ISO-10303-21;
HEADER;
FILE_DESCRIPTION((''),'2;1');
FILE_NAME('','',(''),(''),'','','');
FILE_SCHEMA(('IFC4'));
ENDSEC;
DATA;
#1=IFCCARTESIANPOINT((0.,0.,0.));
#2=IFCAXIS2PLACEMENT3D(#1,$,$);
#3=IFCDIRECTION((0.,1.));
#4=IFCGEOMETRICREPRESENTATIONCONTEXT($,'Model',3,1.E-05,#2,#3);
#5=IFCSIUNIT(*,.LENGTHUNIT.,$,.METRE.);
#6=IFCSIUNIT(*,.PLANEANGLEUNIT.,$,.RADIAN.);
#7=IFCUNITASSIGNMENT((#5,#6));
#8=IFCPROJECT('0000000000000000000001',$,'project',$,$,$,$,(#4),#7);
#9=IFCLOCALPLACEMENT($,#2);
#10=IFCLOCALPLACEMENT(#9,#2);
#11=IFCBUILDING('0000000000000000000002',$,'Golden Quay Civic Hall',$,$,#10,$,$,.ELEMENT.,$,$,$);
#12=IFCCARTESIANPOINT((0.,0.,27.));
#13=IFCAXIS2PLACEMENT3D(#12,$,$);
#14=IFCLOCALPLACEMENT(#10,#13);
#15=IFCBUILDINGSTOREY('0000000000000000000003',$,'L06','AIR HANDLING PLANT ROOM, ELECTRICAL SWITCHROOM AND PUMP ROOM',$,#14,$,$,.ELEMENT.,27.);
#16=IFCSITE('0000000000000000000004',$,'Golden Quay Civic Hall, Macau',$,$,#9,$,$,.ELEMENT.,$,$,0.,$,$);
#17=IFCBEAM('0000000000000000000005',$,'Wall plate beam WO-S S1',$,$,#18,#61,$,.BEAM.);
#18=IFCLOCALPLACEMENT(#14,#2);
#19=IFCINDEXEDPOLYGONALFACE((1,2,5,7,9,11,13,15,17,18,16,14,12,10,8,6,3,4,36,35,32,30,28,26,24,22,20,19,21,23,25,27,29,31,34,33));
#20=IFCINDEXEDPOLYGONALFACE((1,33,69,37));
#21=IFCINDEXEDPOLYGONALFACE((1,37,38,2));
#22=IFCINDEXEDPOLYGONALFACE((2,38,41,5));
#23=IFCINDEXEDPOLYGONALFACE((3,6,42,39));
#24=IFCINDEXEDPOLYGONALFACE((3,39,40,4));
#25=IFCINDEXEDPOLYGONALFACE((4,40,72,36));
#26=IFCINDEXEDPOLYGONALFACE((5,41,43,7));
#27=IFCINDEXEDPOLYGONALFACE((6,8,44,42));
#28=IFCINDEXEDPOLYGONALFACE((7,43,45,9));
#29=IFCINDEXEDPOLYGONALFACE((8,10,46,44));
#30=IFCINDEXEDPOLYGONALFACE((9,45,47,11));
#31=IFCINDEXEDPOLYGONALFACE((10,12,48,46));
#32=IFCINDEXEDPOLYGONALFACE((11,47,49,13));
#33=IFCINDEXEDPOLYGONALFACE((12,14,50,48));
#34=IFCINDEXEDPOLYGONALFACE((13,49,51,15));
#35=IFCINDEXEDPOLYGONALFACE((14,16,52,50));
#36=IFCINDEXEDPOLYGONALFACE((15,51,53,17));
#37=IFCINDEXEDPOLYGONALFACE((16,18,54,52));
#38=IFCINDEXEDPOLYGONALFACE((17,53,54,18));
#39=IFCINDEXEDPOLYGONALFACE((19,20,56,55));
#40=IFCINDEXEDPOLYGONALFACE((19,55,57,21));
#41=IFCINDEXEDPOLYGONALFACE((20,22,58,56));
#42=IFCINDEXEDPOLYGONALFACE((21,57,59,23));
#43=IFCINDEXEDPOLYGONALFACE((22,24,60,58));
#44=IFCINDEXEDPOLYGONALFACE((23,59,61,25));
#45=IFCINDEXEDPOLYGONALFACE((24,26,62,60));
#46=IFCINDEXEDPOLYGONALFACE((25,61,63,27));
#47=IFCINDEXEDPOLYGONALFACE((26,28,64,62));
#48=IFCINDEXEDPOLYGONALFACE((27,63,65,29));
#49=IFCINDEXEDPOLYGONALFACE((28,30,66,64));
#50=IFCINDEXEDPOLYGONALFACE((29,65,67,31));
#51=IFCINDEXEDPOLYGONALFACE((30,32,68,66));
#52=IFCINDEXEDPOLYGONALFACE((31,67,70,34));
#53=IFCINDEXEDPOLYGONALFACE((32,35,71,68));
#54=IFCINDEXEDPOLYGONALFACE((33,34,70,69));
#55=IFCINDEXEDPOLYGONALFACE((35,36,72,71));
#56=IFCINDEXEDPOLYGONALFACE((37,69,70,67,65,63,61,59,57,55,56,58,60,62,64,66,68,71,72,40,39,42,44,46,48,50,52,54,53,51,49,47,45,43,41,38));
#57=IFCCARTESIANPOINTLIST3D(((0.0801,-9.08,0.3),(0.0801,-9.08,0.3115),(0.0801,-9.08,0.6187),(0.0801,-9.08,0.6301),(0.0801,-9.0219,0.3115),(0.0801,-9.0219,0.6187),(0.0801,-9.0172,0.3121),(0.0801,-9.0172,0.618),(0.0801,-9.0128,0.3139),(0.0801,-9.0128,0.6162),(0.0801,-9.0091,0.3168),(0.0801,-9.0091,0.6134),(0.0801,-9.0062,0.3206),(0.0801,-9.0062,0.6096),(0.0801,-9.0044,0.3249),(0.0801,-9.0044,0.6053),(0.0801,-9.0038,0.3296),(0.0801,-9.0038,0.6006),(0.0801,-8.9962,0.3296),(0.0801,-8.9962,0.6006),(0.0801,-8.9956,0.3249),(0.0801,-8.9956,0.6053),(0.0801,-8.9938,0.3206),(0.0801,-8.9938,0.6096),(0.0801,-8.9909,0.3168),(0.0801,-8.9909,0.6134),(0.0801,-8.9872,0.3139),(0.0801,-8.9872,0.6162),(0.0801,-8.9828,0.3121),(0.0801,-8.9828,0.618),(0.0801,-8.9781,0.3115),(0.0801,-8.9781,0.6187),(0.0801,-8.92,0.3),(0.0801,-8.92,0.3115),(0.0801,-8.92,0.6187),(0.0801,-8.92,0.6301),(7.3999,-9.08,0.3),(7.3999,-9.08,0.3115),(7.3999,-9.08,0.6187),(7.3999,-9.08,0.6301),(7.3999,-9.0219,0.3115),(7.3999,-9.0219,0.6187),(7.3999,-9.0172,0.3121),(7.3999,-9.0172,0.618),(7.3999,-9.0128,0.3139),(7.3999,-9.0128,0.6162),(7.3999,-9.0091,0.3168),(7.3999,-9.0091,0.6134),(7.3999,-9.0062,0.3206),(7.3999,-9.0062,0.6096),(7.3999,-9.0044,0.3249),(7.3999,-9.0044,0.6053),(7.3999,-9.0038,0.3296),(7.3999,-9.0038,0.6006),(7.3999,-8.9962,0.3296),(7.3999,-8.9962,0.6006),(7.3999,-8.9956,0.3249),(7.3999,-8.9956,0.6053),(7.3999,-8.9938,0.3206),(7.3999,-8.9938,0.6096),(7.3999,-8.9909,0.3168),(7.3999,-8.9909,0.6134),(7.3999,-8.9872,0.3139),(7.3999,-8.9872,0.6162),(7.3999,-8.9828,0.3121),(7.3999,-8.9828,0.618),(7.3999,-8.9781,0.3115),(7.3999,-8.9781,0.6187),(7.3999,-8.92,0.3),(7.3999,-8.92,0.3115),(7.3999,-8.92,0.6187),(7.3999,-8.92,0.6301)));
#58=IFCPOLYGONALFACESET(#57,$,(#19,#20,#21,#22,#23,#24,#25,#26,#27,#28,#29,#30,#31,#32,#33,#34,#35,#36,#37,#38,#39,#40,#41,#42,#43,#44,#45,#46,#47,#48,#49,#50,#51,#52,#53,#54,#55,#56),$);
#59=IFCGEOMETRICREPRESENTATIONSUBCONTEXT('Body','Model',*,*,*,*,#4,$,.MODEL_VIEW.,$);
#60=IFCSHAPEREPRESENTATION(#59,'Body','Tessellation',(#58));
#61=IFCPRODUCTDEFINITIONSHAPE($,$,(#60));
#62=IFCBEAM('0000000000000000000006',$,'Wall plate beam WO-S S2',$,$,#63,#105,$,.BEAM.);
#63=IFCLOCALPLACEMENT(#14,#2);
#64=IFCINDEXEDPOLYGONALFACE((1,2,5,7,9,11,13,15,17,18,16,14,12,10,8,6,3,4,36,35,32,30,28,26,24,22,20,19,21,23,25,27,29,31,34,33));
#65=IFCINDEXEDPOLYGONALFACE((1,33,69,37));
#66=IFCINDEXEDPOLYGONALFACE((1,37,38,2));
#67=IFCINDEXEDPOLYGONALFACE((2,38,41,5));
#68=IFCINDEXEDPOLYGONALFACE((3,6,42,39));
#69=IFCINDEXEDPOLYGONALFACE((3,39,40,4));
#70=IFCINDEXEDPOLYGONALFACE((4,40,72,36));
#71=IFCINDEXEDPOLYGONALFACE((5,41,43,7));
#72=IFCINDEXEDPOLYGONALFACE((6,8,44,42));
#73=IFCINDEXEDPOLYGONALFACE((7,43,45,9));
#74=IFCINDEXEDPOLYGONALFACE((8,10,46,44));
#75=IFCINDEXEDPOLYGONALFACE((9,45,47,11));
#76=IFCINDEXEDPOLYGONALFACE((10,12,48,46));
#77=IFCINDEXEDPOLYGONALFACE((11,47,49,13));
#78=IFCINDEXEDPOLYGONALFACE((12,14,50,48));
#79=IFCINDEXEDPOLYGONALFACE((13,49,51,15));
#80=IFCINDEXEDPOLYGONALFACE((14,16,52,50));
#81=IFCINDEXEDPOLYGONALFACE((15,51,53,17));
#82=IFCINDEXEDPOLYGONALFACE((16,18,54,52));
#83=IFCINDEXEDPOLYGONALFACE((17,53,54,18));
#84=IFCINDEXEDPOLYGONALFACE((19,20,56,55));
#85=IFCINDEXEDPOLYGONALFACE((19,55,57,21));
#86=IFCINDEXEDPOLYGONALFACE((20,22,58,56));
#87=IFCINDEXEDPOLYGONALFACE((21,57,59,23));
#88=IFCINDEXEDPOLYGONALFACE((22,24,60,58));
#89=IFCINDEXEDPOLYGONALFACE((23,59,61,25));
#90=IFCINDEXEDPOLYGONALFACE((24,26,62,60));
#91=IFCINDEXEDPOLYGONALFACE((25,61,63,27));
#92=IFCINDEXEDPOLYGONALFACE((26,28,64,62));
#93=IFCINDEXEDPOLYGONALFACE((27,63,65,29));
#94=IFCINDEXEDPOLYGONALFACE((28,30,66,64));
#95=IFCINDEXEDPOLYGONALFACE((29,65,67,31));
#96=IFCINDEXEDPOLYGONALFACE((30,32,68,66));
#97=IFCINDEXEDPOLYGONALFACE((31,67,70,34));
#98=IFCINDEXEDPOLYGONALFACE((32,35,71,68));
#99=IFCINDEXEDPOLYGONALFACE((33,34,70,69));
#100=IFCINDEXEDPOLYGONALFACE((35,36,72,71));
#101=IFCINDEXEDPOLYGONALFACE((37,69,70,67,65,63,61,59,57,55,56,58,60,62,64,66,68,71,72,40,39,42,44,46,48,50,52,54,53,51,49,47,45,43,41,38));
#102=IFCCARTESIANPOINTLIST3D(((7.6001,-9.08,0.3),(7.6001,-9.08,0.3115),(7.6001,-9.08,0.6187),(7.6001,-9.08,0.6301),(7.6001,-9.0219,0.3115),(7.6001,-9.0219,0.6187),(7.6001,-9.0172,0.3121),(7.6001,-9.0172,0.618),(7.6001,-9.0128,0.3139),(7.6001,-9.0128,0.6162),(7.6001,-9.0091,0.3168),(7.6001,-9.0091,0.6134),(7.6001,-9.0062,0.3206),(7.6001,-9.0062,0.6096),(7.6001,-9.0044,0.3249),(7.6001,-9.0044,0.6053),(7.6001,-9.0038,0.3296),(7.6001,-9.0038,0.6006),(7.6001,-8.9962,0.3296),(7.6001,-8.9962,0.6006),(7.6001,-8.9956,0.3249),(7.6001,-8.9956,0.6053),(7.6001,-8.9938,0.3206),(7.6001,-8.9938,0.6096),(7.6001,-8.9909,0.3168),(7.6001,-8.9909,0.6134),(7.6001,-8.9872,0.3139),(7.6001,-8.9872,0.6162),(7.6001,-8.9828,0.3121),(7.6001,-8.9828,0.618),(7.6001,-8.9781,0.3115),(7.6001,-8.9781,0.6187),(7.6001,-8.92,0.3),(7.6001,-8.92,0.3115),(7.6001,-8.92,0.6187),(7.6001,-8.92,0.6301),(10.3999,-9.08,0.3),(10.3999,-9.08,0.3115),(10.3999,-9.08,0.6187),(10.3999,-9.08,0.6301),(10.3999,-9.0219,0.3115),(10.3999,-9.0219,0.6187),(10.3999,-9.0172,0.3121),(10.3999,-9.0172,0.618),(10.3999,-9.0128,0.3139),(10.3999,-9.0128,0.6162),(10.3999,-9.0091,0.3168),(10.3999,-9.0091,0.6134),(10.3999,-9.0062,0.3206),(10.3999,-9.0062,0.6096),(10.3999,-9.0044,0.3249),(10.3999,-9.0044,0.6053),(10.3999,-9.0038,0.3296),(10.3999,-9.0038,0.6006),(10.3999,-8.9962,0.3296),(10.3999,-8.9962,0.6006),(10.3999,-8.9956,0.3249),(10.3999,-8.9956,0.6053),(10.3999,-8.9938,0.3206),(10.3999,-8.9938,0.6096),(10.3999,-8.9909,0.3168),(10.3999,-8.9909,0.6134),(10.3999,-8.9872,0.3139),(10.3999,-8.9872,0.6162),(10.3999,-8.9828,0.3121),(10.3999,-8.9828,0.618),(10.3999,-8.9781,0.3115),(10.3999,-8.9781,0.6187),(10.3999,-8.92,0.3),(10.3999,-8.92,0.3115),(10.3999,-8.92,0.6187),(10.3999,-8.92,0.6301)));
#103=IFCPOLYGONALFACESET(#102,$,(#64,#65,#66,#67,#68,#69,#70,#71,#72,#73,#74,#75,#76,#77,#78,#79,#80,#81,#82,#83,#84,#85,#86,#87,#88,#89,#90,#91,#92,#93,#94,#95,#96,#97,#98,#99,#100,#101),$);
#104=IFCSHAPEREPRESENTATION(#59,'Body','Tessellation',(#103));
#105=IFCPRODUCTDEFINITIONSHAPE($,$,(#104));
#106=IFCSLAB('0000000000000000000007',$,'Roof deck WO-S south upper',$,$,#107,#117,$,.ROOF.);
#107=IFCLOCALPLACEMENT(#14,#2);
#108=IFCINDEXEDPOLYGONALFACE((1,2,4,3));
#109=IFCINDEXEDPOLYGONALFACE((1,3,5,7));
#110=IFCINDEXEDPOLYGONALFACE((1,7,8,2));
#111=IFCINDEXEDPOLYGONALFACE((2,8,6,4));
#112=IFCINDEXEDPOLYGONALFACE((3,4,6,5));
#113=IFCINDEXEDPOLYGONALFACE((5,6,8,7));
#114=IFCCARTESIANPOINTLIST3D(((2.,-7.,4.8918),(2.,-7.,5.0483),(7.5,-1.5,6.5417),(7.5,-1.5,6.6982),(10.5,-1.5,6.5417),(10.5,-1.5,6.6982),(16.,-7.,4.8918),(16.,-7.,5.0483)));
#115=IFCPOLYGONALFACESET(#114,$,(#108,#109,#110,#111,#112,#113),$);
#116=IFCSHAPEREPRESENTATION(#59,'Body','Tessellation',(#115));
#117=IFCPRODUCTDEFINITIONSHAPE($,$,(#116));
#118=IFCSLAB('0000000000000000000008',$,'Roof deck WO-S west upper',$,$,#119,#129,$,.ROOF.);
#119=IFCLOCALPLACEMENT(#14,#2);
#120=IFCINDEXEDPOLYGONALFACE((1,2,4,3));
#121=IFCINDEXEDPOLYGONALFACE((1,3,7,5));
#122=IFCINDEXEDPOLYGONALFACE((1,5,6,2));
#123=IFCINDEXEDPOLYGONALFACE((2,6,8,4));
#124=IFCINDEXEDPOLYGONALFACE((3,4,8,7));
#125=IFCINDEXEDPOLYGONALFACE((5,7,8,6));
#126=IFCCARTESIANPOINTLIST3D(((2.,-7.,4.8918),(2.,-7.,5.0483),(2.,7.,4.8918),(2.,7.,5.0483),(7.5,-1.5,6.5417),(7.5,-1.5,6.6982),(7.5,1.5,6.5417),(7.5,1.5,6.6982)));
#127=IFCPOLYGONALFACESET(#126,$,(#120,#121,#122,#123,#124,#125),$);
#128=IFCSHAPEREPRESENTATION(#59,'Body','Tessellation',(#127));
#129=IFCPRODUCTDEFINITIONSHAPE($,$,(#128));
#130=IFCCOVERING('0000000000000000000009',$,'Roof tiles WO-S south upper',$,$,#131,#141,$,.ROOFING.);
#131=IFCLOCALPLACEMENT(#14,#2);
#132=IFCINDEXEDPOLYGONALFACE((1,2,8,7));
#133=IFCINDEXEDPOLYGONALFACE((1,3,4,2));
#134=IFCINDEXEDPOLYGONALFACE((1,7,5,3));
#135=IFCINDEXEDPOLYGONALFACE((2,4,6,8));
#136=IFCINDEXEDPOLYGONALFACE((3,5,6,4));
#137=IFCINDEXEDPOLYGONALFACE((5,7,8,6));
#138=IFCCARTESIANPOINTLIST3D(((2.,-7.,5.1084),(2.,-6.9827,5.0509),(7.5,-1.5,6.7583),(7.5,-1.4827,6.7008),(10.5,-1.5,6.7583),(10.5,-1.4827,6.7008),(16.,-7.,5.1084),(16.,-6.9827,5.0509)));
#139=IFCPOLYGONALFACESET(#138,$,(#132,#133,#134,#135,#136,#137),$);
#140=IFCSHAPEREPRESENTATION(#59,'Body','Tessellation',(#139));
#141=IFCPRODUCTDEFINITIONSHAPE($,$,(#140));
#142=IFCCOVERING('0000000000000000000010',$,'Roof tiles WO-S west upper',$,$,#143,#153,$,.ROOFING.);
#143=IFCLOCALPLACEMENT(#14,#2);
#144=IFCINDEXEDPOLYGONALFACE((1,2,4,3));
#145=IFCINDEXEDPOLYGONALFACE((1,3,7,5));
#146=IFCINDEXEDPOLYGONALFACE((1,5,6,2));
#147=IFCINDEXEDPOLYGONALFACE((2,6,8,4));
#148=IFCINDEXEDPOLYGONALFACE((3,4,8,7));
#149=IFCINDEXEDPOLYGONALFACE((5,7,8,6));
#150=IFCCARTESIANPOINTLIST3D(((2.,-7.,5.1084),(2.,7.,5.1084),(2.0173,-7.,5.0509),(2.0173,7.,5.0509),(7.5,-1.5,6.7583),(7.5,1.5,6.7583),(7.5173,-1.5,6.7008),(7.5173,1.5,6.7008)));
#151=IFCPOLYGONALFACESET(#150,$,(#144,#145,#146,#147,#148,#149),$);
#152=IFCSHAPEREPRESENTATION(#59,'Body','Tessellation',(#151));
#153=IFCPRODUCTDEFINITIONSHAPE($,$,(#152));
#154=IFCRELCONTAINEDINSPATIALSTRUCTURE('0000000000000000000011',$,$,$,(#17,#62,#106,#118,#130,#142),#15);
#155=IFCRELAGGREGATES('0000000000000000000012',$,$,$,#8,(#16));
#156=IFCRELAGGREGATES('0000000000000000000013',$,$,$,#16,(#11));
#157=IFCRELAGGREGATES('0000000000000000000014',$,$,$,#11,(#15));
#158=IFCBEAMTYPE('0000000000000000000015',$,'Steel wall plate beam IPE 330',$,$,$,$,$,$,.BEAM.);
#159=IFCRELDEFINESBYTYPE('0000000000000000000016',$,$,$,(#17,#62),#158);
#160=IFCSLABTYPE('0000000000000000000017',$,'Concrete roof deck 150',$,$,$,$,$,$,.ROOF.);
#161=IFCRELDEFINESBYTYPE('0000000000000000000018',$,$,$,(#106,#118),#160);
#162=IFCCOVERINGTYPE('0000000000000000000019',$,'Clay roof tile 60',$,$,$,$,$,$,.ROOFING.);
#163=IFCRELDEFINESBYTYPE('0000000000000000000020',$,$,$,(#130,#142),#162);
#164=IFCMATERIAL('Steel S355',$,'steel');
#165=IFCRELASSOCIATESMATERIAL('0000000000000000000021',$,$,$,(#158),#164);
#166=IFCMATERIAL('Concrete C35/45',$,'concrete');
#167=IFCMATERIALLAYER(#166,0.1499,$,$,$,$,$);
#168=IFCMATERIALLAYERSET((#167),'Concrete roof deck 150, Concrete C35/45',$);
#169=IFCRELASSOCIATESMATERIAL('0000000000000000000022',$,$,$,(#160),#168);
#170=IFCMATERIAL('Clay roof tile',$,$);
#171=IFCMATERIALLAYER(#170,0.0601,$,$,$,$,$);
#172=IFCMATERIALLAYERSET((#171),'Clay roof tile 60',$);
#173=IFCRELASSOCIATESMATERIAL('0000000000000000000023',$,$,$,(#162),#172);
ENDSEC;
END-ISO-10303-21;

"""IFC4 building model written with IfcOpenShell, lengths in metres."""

from ifc_helpers import new_model, si_unit, direction, frame, origin, origin_2d, place, context, subcontext, project, spatial, polyline, i_section, outline, extrude, material, layer, layer_set, material_profile, profile_set, type_object, element, save


model = new_model("IFC4")

# Units and contexts
model_context = context("Model", 3, precision=1e-05, world=origin(), true_north=direction((0.0, 1.0)))
body_context = subcontext(model_context, "Body", "Model", "MODEL_VIEW")
ifc_project = project(units=[si_unit("LENGTHUNIT", "METRE"), si_unit("PLANEANGLEUNIT", "RADIAN")], contexts=[model_context])

# Site, building, storey
site_placement = place(None, origin())
site = spatial("IfcSite", under=ifc_project, at=site_placement, Name="Golden Quay Civic Hall, Macau", CompositionType="ELEMENT", RefElevation=0.0)
building_placement = place(site_placement, origin())
building = spatial("IfcBuilding", under=site, at=building_placement, Name="Golden Quay Civic Hall", CompositionType="ELEMENT")
storey_placement = place(building_placement, frame((0.0, 0.0, 27.0)))
storey = spatial("IfcBuildingStorey", under=building, at=storey_placement, Name="L06", Description="AIR HANDLING PLANT ROOM, ELECTRICAL SWITCHROOM AND PUMP ROOM", CompositionType="ELEMENT", Elevation=27.0)

# Beams
ifc_material_1 = material(Name="Steel S355", Category="steel")
ifc_material_profile_1 = material_profile(ifc_material_1, i_section(OverallWidth=0.1599, OverallDepth=0.3301, WebThickness=0.0076, FlangeThickness=0.0115, FilletRadius=0.0181, at=origin_2d()), Name="IPE 330")
ifc_profile_set_1 = profile_set([ifc_material_profile_1], Name="Steel S355")
beam_type_1 = type_object("IfcBeamType", Name="Steel wall plate beam IPE 330", PredefinedType="BEAM", material=ifc_profile_set_1)
beam_1_placement = place(storey_placement, frame((0.0801, -9.0, 0.4651), z_axis=(1.0, 0.0, 0.0), x_axis=(0.0, 1.0, 0.0)))
element("IfcBeam", 1, at=beam_1_placement, inside=storey, type_object=beam_type_1, Name="Wall plate beam WO-S S1", PredefinedType="BEAM", context=body_context, shape_type="SweptSolid", body=[
    extrude(i_section(OverallWidth=0.1599, OverallDepth=0.3301, WebThickness=0.0076, FlangeThickness=0.0115, FilletRadius=0.0181, at=origin_2d()), origin(), (0.0, 0.0, 1.0), 7.3198),
])
beam_2_placement = place(storey_placement, frame((7.6001, -9.0, 0.4651), z_axis=(1.0, 0.0, 0.0), x_axis=(0.0, 1.0, 0.0)))
element("IfcBeam", 2, at=beam_2_placement, inside=storey, type_object=beam_type_1, Name="Wall plate beam WO-S S2", PredefinedType="BEAM", context=body_context, shape_type="SweptSolid", body=[
    extrude(i_section(OverallWidth=0.1599, OverallDepth=0.3301, WebThickness=0.0076, FlangeThickness=0.0115, FilletRadius=0.0181, at=origin_2d()), origin(), (0.0, 0.0, 1.0), 2.7998),
])

# Slabs
ifc_material_2 = material(Name="Concrete C35/45", Category="concrete")
ifc_layer_1 = layer(ifc_material_2, 0.1499)
ifc_layer_set_1 = layer_set([ifc_layer_1], Name="Concrete roof deck 150, Concrete C35/45")
slab_type = type_object("IfcSlabType", Name="Concrete roof deck 150", PredefinedType="ROOF", material=ifc_layer_set_1)
slab_1_placement = place(storey_placement, frame((2.0, -7.0, 5.0483), z_axis=(0.0, -0.287332, 0.957831), x_axis=(1.0, 0.0, 0.0)))
element("IfcSlab", 3, at=slab_1_placement, inside=storey, type_object=slab_type, Name="Roof deck WO-S south upper", PredefinedType="ROOF", context=body_context, shape_type="SweptSolid", body=[
    extrude(outline(polyline([(0.0, 0.0), (14.0, 0.0), (8.5, 5.7421), (5.5, 5.7421), (0.0, 0.0)])), origin(), (0.0, -0.287332, -0.957831), 0.1565),
])
slab_2_placement = place(storey_placement, frame((2.0, -7.0, 5.0483), z_axis=(-0.287332, 0.0, 0.957831), x_axis=(0.0, 1.0, 0.0)))
element("IfcSlab", 4, at=slab_2_placement, inside=storey, type_object=slab_type, Name="Roof deck WO-S west upper", PredefinedType="ROOF", context=body_context, shape_type="SweptSolid", body=[
    extrude(outline(polyline([(0.0, 0.0), (14.0, 0.0), (8.5, -5.7421), (5.5, -5.7421), (0.0, 0.0)])), origin(), (0.0, 0.287332, -0.957831), 0.1565),
])

# Coverings
ifc_material_3 = material(Name="Clay roof tile")
ifc_layer_2 = layer(ifc_material_3, 0.0601)
ifc_layer_set_2 = layer_set([ifc_layer_2], Name="Clay roof tile 60")
covering_type = type_object("IfcCoveringType", Name="Clay roof tile 60", PredefinedType="ROOFING", material=ifc_layer_set_2)
covering_1_placement = place(storey_placement, frame((2.0, -7.0, 5.1084), z_axis=(0.0, -0.287332, 0.957831), x_axis=(1.0, 0.0, 0.0)))
element("IfcCovering", 5, at=covering_1_placement, inside=storey, type_object=covering_type, Name="Roof tiles WO-S south upper", PredefinedType="ROOFING", context=body_context, shape_type="SweptSolid", body=[
    extrude(outline(polyline([(0.0, 0.0), (14.0, 0.0), (8.5, 5.7421), (5.5, 5.7421), (0.0, 0.0)])), origin(), (0.0, 0.0, -1.0), 0.0601),
])
covering_2_placement = place(storey_placement, frame((2.0, -7.0, 5.1084), z_axis=(-0.287332, 0.0, 0.957831), x_axis=(0.0, 1.0, 0.0)))
element("IfcCovering", 6, at=covering_2_placement, inside=storey, type_object=covering_type, Name="Roof tiles WO-S west upper", PredefinedType="ROOFING", context=body_context, shape_type="SweptSolid", body=[
    extrude(outline(polyline([(0.0, 0.0), (14.0, 0.0), (8.5, -5.7421), (5.5, -5.7421), (0.0, 0.0)])), origin(), (0.0, 0.0, -1.0), 0.0601),
])

save(model, "model.ifc")
